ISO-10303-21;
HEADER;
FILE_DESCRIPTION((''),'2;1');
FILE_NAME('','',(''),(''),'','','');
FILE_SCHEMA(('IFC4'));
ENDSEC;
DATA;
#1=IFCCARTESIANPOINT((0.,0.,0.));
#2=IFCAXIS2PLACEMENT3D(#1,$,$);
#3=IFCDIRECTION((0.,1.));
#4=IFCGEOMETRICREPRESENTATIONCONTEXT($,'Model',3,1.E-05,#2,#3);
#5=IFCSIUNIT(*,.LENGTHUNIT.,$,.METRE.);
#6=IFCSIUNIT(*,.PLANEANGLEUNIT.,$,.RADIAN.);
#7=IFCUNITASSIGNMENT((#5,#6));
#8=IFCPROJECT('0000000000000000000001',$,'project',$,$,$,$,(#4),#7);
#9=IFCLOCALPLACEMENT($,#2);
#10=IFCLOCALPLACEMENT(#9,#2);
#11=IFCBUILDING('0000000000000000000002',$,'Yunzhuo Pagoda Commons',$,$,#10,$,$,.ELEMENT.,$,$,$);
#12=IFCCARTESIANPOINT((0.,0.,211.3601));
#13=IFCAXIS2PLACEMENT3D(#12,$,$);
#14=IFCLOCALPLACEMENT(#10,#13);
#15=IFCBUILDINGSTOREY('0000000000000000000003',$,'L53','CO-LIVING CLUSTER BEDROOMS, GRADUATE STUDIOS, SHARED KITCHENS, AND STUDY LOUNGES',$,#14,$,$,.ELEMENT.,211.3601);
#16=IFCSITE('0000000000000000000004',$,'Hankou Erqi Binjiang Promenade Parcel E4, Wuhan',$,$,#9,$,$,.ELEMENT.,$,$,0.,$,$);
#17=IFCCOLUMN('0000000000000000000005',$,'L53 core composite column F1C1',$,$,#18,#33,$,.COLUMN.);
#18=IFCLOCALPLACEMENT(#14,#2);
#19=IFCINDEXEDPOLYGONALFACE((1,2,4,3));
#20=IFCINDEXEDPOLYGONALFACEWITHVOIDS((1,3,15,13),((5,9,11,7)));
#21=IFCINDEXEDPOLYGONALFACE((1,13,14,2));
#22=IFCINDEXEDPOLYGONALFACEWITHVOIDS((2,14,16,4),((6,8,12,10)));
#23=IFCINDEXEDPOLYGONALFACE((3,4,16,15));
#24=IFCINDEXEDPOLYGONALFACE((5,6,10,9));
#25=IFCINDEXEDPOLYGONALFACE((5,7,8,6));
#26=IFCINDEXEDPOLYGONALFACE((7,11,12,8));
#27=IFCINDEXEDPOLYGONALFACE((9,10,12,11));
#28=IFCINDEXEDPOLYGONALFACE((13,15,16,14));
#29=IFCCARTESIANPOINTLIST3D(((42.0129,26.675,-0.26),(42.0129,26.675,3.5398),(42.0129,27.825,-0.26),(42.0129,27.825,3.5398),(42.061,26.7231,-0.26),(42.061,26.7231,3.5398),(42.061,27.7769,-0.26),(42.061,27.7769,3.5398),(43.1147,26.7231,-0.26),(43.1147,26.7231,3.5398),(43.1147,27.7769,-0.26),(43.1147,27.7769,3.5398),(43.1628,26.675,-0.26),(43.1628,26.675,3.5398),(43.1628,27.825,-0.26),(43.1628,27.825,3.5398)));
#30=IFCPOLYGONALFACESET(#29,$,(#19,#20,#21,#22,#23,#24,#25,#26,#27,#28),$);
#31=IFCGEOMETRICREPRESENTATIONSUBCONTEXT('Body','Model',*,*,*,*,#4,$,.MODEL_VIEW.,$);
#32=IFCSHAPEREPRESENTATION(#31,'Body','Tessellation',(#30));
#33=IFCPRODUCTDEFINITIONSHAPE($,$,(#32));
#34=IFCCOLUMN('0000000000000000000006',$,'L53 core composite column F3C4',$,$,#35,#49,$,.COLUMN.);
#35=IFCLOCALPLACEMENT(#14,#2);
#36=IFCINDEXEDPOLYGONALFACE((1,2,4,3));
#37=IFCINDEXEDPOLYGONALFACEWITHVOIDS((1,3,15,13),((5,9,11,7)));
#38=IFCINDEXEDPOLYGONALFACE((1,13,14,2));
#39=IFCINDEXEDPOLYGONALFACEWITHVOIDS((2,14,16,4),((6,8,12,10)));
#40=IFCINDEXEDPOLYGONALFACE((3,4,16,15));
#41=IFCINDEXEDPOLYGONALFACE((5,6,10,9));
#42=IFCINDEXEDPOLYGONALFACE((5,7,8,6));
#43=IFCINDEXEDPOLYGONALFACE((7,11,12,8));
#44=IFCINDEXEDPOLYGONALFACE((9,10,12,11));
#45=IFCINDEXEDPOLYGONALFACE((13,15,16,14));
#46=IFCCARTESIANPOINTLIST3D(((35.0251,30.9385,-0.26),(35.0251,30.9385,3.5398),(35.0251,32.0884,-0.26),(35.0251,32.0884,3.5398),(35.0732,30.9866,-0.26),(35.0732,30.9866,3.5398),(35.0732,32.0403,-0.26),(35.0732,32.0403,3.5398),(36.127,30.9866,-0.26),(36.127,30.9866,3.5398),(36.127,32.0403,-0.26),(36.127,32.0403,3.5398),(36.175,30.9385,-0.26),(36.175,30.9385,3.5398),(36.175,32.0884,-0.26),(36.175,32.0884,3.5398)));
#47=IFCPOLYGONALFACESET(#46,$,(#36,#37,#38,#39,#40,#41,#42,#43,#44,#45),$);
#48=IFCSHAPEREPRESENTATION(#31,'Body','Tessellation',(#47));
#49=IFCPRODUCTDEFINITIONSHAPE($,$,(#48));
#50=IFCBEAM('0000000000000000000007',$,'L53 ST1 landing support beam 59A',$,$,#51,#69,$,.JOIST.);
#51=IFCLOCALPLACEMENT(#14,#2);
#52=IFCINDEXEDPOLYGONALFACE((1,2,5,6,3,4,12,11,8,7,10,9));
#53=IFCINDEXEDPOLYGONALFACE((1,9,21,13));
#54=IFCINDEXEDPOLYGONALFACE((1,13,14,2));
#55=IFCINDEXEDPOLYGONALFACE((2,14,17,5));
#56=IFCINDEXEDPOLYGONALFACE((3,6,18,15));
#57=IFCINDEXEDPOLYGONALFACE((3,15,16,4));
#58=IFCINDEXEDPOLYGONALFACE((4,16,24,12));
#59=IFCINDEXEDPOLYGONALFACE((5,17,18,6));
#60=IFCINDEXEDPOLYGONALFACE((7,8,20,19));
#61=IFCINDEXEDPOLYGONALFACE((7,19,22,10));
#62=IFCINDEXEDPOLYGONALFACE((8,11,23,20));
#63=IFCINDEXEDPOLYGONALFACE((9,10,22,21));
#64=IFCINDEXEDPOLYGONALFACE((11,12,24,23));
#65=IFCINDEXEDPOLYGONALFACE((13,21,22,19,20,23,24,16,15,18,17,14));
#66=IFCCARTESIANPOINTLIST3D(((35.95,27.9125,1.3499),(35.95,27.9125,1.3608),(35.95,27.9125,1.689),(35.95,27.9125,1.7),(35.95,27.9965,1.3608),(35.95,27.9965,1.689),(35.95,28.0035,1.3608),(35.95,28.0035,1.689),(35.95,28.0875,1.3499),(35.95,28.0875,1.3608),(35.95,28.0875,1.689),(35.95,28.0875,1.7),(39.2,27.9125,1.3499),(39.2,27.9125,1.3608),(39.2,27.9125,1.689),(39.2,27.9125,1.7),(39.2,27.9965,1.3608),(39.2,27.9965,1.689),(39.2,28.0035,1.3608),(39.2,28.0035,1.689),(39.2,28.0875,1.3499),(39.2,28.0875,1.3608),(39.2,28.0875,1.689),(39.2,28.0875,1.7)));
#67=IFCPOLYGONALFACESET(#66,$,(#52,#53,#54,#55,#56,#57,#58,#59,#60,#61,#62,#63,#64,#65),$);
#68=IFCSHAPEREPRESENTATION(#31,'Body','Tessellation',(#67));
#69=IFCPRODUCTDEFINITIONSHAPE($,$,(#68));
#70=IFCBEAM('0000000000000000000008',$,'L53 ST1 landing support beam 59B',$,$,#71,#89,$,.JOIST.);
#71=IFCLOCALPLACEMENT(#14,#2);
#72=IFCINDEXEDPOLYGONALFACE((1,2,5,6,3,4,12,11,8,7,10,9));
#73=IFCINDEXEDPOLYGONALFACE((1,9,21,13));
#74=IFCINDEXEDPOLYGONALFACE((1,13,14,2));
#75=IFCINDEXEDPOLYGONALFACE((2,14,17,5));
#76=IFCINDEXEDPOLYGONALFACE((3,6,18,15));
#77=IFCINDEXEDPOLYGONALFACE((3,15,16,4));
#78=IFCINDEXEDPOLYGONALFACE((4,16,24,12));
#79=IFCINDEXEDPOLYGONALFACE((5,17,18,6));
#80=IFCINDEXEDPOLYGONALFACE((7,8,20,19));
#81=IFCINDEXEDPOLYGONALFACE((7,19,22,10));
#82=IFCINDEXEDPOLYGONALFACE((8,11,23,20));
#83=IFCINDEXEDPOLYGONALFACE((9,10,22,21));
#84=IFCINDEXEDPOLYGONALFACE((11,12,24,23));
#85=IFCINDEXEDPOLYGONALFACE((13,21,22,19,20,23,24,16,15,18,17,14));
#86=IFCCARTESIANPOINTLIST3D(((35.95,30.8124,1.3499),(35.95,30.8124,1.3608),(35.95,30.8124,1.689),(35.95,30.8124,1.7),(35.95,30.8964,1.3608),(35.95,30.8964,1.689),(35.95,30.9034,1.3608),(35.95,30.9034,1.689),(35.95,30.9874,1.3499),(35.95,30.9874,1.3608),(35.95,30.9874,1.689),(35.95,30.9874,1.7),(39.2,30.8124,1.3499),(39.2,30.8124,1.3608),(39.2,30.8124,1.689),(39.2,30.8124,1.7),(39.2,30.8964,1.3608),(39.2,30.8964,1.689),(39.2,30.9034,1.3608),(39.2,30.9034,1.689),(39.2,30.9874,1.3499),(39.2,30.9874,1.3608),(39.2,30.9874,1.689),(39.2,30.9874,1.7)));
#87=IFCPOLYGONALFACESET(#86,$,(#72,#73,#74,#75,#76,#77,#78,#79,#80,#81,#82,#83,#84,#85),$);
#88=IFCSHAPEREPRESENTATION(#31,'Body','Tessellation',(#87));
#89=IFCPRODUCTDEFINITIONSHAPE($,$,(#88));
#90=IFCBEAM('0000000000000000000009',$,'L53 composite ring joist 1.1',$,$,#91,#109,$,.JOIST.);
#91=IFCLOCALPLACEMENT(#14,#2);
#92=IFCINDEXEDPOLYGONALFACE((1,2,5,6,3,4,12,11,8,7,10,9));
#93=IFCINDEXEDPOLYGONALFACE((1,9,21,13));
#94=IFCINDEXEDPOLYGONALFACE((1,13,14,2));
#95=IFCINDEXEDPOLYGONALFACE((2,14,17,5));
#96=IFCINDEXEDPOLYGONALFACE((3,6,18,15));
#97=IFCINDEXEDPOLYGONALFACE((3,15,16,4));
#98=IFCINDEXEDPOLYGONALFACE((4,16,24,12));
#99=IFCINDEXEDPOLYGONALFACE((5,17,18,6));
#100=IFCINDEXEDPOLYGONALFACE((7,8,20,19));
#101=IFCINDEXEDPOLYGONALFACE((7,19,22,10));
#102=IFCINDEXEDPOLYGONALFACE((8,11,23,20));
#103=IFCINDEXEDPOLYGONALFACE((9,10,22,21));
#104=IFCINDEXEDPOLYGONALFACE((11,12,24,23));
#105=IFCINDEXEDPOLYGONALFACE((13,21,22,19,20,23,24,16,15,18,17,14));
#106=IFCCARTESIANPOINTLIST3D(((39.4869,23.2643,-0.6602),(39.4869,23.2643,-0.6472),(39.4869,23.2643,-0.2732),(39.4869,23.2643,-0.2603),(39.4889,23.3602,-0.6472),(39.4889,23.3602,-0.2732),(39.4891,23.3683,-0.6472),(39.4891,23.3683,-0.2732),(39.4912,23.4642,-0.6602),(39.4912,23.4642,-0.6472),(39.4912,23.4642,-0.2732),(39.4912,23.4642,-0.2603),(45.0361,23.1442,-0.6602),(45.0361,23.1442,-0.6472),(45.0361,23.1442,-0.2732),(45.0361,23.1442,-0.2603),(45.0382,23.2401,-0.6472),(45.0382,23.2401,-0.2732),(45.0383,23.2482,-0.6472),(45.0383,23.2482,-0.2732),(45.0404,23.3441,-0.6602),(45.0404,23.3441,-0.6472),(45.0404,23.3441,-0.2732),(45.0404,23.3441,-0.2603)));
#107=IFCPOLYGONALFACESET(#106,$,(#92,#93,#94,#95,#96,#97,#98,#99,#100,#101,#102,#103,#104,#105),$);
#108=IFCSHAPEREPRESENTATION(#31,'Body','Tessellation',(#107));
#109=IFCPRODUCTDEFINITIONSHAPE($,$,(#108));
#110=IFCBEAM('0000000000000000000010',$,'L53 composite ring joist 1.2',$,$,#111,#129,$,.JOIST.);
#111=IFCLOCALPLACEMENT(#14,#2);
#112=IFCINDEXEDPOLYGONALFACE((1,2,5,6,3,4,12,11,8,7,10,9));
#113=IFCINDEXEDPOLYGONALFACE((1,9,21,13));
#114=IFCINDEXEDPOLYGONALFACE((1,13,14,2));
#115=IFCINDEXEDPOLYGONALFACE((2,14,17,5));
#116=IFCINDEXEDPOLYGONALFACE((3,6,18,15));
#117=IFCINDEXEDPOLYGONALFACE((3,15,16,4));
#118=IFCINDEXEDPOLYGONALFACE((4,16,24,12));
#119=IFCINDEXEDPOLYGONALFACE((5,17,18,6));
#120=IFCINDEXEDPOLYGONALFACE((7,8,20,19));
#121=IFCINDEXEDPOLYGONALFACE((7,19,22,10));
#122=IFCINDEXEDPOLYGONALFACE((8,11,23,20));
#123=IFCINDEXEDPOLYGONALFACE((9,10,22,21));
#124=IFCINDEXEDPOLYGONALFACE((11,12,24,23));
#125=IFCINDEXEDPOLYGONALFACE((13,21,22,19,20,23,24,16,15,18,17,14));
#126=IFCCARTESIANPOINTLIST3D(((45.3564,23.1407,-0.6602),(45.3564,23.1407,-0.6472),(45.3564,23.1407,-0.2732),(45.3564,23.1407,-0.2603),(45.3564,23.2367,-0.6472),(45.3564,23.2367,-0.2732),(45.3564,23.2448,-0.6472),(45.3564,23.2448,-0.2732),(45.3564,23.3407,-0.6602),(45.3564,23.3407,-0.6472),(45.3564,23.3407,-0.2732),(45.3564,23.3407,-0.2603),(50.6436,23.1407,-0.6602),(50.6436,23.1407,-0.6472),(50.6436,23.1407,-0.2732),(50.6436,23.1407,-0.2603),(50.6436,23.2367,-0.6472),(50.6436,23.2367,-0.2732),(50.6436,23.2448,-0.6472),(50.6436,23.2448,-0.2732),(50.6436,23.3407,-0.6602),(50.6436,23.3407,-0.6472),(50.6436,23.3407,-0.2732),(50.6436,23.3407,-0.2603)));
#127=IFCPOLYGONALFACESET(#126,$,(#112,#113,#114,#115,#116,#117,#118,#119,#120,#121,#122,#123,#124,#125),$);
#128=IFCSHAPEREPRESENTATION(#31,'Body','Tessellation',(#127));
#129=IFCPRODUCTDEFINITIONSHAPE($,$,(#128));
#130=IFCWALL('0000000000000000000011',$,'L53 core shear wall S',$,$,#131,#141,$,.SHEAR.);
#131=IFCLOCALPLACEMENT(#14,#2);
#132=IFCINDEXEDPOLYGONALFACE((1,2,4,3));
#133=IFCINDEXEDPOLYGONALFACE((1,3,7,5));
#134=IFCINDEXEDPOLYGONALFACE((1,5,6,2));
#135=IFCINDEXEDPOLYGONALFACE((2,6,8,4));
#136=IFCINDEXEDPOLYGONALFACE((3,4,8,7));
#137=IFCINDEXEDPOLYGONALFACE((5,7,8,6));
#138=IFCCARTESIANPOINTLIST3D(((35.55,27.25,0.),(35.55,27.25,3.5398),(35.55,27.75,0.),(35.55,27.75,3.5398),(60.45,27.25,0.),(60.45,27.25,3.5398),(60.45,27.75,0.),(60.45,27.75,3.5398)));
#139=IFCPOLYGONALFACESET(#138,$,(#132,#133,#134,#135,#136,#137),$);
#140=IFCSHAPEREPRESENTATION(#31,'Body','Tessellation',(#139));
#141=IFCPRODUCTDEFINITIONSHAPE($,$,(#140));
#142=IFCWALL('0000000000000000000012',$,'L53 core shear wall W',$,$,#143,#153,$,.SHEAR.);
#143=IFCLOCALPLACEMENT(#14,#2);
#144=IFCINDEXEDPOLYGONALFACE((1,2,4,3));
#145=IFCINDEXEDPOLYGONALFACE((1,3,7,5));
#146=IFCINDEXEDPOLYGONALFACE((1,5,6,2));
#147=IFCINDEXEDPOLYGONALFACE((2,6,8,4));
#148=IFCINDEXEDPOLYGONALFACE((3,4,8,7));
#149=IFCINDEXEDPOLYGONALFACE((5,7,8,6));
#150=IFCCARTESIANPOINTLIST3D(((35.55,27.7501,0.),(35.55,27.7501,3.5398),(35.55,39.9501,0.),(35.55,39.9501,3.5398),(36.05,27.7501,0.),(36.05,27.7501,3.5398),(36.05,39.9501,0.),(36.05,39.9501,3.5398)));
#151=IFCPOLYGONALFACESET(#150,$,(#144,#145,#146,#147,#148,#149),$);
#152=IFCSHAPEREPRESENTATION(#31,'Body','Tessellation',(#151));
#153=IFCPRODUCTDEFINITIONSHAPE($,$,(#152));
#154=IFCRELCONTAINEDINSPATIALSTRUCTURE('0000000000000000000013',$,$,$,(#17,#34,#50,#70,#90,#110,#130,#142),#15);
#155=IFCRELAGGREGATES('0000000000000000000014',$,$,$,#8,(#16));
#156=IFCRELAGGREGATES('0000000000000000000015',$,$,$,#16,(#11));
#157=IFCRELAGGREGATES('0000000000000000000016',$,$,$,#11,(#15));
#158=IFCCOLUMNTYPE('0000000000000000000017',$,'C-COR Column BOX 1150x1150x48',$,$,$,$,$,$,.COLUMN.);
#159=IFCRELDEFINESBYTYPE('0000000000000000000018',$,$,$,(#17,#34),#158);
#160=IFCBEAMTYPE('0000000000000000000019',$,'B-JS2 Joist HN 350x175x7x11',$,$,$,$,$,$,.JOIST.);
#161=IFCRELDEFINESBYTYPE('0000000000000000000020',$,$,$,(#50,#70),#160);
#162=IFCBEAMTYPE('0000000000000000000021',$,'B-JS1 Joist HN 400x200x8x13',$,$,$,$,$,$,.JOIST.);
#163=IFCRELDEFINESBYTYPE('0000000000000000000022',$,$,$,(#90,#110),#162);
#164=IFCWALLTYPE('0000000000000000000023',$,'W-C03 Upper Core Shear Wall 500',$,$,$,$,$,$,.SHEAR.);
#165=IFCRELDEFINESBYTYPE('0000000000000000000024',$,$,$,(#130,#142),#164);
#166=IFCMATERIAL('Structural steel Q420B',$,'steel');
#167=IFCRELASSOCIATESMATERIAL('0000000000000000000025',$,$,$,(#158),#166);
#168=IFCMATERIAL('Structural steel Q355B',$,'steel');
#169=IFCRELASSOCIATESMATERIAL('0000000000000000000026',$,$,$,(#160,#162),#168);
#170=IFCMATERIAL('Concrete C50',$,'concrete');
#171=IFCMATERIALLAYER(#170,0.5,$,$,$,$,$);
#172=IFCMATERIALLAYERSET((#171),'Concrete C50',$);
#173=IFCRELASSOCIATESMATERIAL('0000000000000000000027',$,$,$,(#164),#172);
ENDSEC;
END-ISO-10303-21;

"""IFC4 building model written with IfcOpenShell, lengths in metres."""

from ifc_helpers import new_model, si_unit, direction, frame, frame_2d, origin, origin_2d, place, context, subcontext, project, spatial, rectangle, hollow_rectangle, i_section, extrude, source, transform, mapped, material, layer, layer_set, material_profile, profile_set, type_object, element, save


model = new_model("IFC4")

# Units and contexts
model_context = context("Model", 3, precision=1e-05, world=origin(), true_north=direction((0.0, 1.0)))
body_context = subcontext(model_context, "Body", "Model", "MODEL_VIEW")
ifc_project = project(units=[si_unit("LENGTHUNIT", "METRE"), si_unit("PLANEANGLEUNIT", "RADIAN")], contexts=[model_context])

# Site, building, storey
site_placement = place(None, origin())
site = spatial("IfcSite", under=ifc_project, at=site_placement, Name="Hankou Erqi Binjiang Promenade Parcel E4, Wuhan", CompositionType="ELEMENT", RefElevation=0.0)
building_placement = place(site_placement, origin())
building = spatial("IfcBuilding", under=site, at=building_placement, Name="Yunzhuo Pagoda Commons", CompositionType="ELEMENT")
storey_placement = place(building_placement, frame((0.0, 0.0, 211.3601)))
storey = spatial("IfcBuildingStorey", under=building, at=storey_placement, Name="L53", Description="CO-LIVING CLUSTER BEDROOMS, GRADUATE STUDIOS, SHARED KITCHENS, AND STUDY LOUNGES", CompositionType="ELEMENT", Elevation=211.3601)

# Columns
ifc_material_1 = material(Name="Structural steel Q420B", Category="steel")
ifc_material_profile_1 = material_profile(ifc_material_1, hollow_rectangle(XDim=1.1499, YDim=1.1499, WallThickness=0.0481, at=origin_2d()), Name="Structural steel Q420B")
ifc_profile_set_1 = profile_set([ifc_material_profile_1], Name="Structural steel Q420B")
column_type = type_object("IfcColumnType", Name="C-COR Column BOX 1150x1150x48", PredefinedType="COLUMN", material=ifc_profile_set_1)
shared_shape_1 = source(origin(), body_context, "Body", "SweptSolid", [
    extrude(hollow_rectangle(XDim=1.1499, YDim=1.1499, WallThickness=0.0481, at=origin_2d()), origin(), (0.0, 0.0, 1.0), 3.7998),
])
for number, where, z_axis, x_axis, name in (
    (1, (42.5879, 27.25, -0.26), (0.0, 0.0, 1.0), (1.0, 0.0, 0.0), "L53 core composite column F1C1"),
    (2, (35.6001, 31.5134, -0.26), (0.0, 0.0, 1.0), (1.0, 0.0, 0.0), "L53 core composite column F3C4"),
):
    element("IfcColumn", number, at=place(storey_placement, frame(where, z_axis=z_axis, x_axis=x_axis)), inside=storey, type_object=column_type, Name=name, PredefinedType="COLUMN", context=body_context, shape_type="MappedRepresentation", body=[
        mapped(shared_shape_1, transform((0.0, 0.0, 0.0), scale=1.0)),
    ])

# Beams
ifc_material_2 = material(Name="Structural steel Q355B", Category="steel")
ifc_material_profile_2 = material_profile(ifc_material_2, i_section(OverallWidth=0.175, OverallDepth=0.3501, WebThickness=0.0071, FlangeThickness=0.011, at=origin_2d()), Name="Structural steel Q355B")
ifc_profile_set_2 = profile_set([ifc_material_profile_2], Name="Structural steel Q355B")
beam_type_1 = type_object("IfcBeamType", Name="B-JS2 Joist HN 350x175x7x11", PredefinedType="JOIST", material=ifc_profile_set_2)
shared_shape_2 = source(origin(), body_context, "Body", "SweptSolid", [
    extrude(i_section(OverallWidth=0.175, OverallDepth=0.3501, WebThickness=0.0071, FlangeThickness=0.011, at=origin_2d()), origin(), (0.0, 0.0, 1.0), 3.25),
])
for number, where, z_axis, x_axis, name in (
    (3, (35.95, 28.0, 1.5249), (1.0, 0.0, 0.0), (0.0, 1.0, 0.0), "L53 ST1 landing support beam 59A"),
    (4, (35.95, 30.8999, 1.5249), (1.0, 0.0, 0.0), (0.0, 1.0, 0.0), "L53 ST1 landing support beam 59B"),
):
    element("IfcBeam", number, at=place(storey_placement, frame(where, z_axis=z_axis, x_axis=x_axis)), inside=storey, type_object=beam_type_1, Name=name, PredefinedType="JOIST", context=body_context, shape_type="MappedRepresentation", body=[
        mapped(shared_shape_2, transform((0.0, 0.0, 0.0), scale=1.0)),
    ])
ifc_material_profile_3 = material_profile(ifc_material_2, i_section(OverallWidth=0.2, OverallDepth=0.3999, WebThickness=0.0081, FlangeThickness=0.0129, at=origin_2d()), Name="Structural steel Q355B")
ifc_profile_set_3 = profile_set([ifc_material_profile_3], Name="Structural steel Q355B")
beam_type_2 = type_object("IfcBeamType", Name="B-JS1 Joist HN 400x200x8x13", PredefinedType="JOIST", material=ifc_profile_set_3)
shared_shape_3 = source(origin(), body_context, "Body", "SweptSolid", [
    extrude(i_section(OverallWidth=0.2, OverallDepth=0.3999, WebThickness=0.0081, FlangeThickness=0.0129, at=origin_2d()), origin(), (0.0, 0.0, 1.0), 5.5505),
])
beam_1_placement = place(storey_placement, frame((39.489, 23.3643, -0.4602), z_axis=(0.999766, -0.02164, 0.0), x_axis=(0.02164, 0.999766, 0.0)))
element("IfcBeam", 5, at=beam_1_placement, inside=storey, type_object=beam_type_2, Name="L53 composite ring joist 1.1", PredefinedType="JOIST", context=body_context, shape_type="MappedRepresentation", body=[
    mapped(shared_shape_3, transform((0.0, 0.0, 0.0), scale=1.0)),
])
shared_shape_4 = source(origin(), body_context, "Body", "SweptSolid", [
    extrude(i_section(OverallWidth=0.2, OverallDepth=0.3999, WebThickness=0.0081, FlangeThickness=0.0129, at=origin_2d()), origin(), (0.0, 0.0, 1.0), 5.2871),
])
beam_2_placement = place(storey_placement, frame((45.3564, 23.2407, -0.4602), z_axis=(1.0, 0.0, 0.0), x_axis=(0.0, 1.0, 0.0)))
element("IfcBeam", 6, at=beam_2_placement, inside=storey, type_object=beam_type_2, Name="L53 composite ring joist 1.2", PredefinedType="JOIST", context=body_context, shape_type="MappedRepresentation", body=[
    mapped(shared_shape_4, transform((0.0, 0.0, 0.0), scale=1.0)),
])

# Walls
ifc_material_3 = material(Name="Concrete C50", Category="concrete")
ifc_layer_1 = layer(ifc_material_3, 0.5)
ifc_layer_set_1 = layer_set([ifc_layer_1], Name="Concrete C50")
wall_type_1 = type_object("IfcWallType", Name="W-C03 Upper Core Shear Wall 500", PredefinedType="SHEAR", material=ifc_layer_set_1)
wall_1_placement = place(storey_placement, frame((35.55, 27.5, 0.0), z_axis=(0.0, 0.0, 1.0), x_axis=(1.0, 0.0, 0.0)))
element("IfcWall", 7, at=wall_1_placement, inside=storey, type_object=wall_type_1, Name="L53 core shear wall S", PredefinedType="SHEAR", context=body_context, shape_type="SweptSolid", body=[
    extrude(rectangle(XDim=24.8999, YDim=0.5, at=frame_2d((12.45, 0.0))), origin(), (0.0, 0.0, 1.0), 3.5398),
])
wall_2_placement = place(storey_placement, frame((35.8, 27.75, 0.0), z_axis=(0.0, 0.0, 1.0), x_axis=(0.0, 1.0, 0.0)))
element("IfcWall", 8, at=wall_2_placement, inside=storey, type_object=wall_type_1, Name="L53 core shear wall W", PredefinedType="SHEAR", context=body_context, shape_type="SweptSolid", body=[
    extrude(rectangle(XDim=12.2, YDim=0.5, at=frame_2d((6.1001, 0.0))), origin(), (0.0, 0.0, 1.0), 3.5398),
])

save(model, "model.ifc")
